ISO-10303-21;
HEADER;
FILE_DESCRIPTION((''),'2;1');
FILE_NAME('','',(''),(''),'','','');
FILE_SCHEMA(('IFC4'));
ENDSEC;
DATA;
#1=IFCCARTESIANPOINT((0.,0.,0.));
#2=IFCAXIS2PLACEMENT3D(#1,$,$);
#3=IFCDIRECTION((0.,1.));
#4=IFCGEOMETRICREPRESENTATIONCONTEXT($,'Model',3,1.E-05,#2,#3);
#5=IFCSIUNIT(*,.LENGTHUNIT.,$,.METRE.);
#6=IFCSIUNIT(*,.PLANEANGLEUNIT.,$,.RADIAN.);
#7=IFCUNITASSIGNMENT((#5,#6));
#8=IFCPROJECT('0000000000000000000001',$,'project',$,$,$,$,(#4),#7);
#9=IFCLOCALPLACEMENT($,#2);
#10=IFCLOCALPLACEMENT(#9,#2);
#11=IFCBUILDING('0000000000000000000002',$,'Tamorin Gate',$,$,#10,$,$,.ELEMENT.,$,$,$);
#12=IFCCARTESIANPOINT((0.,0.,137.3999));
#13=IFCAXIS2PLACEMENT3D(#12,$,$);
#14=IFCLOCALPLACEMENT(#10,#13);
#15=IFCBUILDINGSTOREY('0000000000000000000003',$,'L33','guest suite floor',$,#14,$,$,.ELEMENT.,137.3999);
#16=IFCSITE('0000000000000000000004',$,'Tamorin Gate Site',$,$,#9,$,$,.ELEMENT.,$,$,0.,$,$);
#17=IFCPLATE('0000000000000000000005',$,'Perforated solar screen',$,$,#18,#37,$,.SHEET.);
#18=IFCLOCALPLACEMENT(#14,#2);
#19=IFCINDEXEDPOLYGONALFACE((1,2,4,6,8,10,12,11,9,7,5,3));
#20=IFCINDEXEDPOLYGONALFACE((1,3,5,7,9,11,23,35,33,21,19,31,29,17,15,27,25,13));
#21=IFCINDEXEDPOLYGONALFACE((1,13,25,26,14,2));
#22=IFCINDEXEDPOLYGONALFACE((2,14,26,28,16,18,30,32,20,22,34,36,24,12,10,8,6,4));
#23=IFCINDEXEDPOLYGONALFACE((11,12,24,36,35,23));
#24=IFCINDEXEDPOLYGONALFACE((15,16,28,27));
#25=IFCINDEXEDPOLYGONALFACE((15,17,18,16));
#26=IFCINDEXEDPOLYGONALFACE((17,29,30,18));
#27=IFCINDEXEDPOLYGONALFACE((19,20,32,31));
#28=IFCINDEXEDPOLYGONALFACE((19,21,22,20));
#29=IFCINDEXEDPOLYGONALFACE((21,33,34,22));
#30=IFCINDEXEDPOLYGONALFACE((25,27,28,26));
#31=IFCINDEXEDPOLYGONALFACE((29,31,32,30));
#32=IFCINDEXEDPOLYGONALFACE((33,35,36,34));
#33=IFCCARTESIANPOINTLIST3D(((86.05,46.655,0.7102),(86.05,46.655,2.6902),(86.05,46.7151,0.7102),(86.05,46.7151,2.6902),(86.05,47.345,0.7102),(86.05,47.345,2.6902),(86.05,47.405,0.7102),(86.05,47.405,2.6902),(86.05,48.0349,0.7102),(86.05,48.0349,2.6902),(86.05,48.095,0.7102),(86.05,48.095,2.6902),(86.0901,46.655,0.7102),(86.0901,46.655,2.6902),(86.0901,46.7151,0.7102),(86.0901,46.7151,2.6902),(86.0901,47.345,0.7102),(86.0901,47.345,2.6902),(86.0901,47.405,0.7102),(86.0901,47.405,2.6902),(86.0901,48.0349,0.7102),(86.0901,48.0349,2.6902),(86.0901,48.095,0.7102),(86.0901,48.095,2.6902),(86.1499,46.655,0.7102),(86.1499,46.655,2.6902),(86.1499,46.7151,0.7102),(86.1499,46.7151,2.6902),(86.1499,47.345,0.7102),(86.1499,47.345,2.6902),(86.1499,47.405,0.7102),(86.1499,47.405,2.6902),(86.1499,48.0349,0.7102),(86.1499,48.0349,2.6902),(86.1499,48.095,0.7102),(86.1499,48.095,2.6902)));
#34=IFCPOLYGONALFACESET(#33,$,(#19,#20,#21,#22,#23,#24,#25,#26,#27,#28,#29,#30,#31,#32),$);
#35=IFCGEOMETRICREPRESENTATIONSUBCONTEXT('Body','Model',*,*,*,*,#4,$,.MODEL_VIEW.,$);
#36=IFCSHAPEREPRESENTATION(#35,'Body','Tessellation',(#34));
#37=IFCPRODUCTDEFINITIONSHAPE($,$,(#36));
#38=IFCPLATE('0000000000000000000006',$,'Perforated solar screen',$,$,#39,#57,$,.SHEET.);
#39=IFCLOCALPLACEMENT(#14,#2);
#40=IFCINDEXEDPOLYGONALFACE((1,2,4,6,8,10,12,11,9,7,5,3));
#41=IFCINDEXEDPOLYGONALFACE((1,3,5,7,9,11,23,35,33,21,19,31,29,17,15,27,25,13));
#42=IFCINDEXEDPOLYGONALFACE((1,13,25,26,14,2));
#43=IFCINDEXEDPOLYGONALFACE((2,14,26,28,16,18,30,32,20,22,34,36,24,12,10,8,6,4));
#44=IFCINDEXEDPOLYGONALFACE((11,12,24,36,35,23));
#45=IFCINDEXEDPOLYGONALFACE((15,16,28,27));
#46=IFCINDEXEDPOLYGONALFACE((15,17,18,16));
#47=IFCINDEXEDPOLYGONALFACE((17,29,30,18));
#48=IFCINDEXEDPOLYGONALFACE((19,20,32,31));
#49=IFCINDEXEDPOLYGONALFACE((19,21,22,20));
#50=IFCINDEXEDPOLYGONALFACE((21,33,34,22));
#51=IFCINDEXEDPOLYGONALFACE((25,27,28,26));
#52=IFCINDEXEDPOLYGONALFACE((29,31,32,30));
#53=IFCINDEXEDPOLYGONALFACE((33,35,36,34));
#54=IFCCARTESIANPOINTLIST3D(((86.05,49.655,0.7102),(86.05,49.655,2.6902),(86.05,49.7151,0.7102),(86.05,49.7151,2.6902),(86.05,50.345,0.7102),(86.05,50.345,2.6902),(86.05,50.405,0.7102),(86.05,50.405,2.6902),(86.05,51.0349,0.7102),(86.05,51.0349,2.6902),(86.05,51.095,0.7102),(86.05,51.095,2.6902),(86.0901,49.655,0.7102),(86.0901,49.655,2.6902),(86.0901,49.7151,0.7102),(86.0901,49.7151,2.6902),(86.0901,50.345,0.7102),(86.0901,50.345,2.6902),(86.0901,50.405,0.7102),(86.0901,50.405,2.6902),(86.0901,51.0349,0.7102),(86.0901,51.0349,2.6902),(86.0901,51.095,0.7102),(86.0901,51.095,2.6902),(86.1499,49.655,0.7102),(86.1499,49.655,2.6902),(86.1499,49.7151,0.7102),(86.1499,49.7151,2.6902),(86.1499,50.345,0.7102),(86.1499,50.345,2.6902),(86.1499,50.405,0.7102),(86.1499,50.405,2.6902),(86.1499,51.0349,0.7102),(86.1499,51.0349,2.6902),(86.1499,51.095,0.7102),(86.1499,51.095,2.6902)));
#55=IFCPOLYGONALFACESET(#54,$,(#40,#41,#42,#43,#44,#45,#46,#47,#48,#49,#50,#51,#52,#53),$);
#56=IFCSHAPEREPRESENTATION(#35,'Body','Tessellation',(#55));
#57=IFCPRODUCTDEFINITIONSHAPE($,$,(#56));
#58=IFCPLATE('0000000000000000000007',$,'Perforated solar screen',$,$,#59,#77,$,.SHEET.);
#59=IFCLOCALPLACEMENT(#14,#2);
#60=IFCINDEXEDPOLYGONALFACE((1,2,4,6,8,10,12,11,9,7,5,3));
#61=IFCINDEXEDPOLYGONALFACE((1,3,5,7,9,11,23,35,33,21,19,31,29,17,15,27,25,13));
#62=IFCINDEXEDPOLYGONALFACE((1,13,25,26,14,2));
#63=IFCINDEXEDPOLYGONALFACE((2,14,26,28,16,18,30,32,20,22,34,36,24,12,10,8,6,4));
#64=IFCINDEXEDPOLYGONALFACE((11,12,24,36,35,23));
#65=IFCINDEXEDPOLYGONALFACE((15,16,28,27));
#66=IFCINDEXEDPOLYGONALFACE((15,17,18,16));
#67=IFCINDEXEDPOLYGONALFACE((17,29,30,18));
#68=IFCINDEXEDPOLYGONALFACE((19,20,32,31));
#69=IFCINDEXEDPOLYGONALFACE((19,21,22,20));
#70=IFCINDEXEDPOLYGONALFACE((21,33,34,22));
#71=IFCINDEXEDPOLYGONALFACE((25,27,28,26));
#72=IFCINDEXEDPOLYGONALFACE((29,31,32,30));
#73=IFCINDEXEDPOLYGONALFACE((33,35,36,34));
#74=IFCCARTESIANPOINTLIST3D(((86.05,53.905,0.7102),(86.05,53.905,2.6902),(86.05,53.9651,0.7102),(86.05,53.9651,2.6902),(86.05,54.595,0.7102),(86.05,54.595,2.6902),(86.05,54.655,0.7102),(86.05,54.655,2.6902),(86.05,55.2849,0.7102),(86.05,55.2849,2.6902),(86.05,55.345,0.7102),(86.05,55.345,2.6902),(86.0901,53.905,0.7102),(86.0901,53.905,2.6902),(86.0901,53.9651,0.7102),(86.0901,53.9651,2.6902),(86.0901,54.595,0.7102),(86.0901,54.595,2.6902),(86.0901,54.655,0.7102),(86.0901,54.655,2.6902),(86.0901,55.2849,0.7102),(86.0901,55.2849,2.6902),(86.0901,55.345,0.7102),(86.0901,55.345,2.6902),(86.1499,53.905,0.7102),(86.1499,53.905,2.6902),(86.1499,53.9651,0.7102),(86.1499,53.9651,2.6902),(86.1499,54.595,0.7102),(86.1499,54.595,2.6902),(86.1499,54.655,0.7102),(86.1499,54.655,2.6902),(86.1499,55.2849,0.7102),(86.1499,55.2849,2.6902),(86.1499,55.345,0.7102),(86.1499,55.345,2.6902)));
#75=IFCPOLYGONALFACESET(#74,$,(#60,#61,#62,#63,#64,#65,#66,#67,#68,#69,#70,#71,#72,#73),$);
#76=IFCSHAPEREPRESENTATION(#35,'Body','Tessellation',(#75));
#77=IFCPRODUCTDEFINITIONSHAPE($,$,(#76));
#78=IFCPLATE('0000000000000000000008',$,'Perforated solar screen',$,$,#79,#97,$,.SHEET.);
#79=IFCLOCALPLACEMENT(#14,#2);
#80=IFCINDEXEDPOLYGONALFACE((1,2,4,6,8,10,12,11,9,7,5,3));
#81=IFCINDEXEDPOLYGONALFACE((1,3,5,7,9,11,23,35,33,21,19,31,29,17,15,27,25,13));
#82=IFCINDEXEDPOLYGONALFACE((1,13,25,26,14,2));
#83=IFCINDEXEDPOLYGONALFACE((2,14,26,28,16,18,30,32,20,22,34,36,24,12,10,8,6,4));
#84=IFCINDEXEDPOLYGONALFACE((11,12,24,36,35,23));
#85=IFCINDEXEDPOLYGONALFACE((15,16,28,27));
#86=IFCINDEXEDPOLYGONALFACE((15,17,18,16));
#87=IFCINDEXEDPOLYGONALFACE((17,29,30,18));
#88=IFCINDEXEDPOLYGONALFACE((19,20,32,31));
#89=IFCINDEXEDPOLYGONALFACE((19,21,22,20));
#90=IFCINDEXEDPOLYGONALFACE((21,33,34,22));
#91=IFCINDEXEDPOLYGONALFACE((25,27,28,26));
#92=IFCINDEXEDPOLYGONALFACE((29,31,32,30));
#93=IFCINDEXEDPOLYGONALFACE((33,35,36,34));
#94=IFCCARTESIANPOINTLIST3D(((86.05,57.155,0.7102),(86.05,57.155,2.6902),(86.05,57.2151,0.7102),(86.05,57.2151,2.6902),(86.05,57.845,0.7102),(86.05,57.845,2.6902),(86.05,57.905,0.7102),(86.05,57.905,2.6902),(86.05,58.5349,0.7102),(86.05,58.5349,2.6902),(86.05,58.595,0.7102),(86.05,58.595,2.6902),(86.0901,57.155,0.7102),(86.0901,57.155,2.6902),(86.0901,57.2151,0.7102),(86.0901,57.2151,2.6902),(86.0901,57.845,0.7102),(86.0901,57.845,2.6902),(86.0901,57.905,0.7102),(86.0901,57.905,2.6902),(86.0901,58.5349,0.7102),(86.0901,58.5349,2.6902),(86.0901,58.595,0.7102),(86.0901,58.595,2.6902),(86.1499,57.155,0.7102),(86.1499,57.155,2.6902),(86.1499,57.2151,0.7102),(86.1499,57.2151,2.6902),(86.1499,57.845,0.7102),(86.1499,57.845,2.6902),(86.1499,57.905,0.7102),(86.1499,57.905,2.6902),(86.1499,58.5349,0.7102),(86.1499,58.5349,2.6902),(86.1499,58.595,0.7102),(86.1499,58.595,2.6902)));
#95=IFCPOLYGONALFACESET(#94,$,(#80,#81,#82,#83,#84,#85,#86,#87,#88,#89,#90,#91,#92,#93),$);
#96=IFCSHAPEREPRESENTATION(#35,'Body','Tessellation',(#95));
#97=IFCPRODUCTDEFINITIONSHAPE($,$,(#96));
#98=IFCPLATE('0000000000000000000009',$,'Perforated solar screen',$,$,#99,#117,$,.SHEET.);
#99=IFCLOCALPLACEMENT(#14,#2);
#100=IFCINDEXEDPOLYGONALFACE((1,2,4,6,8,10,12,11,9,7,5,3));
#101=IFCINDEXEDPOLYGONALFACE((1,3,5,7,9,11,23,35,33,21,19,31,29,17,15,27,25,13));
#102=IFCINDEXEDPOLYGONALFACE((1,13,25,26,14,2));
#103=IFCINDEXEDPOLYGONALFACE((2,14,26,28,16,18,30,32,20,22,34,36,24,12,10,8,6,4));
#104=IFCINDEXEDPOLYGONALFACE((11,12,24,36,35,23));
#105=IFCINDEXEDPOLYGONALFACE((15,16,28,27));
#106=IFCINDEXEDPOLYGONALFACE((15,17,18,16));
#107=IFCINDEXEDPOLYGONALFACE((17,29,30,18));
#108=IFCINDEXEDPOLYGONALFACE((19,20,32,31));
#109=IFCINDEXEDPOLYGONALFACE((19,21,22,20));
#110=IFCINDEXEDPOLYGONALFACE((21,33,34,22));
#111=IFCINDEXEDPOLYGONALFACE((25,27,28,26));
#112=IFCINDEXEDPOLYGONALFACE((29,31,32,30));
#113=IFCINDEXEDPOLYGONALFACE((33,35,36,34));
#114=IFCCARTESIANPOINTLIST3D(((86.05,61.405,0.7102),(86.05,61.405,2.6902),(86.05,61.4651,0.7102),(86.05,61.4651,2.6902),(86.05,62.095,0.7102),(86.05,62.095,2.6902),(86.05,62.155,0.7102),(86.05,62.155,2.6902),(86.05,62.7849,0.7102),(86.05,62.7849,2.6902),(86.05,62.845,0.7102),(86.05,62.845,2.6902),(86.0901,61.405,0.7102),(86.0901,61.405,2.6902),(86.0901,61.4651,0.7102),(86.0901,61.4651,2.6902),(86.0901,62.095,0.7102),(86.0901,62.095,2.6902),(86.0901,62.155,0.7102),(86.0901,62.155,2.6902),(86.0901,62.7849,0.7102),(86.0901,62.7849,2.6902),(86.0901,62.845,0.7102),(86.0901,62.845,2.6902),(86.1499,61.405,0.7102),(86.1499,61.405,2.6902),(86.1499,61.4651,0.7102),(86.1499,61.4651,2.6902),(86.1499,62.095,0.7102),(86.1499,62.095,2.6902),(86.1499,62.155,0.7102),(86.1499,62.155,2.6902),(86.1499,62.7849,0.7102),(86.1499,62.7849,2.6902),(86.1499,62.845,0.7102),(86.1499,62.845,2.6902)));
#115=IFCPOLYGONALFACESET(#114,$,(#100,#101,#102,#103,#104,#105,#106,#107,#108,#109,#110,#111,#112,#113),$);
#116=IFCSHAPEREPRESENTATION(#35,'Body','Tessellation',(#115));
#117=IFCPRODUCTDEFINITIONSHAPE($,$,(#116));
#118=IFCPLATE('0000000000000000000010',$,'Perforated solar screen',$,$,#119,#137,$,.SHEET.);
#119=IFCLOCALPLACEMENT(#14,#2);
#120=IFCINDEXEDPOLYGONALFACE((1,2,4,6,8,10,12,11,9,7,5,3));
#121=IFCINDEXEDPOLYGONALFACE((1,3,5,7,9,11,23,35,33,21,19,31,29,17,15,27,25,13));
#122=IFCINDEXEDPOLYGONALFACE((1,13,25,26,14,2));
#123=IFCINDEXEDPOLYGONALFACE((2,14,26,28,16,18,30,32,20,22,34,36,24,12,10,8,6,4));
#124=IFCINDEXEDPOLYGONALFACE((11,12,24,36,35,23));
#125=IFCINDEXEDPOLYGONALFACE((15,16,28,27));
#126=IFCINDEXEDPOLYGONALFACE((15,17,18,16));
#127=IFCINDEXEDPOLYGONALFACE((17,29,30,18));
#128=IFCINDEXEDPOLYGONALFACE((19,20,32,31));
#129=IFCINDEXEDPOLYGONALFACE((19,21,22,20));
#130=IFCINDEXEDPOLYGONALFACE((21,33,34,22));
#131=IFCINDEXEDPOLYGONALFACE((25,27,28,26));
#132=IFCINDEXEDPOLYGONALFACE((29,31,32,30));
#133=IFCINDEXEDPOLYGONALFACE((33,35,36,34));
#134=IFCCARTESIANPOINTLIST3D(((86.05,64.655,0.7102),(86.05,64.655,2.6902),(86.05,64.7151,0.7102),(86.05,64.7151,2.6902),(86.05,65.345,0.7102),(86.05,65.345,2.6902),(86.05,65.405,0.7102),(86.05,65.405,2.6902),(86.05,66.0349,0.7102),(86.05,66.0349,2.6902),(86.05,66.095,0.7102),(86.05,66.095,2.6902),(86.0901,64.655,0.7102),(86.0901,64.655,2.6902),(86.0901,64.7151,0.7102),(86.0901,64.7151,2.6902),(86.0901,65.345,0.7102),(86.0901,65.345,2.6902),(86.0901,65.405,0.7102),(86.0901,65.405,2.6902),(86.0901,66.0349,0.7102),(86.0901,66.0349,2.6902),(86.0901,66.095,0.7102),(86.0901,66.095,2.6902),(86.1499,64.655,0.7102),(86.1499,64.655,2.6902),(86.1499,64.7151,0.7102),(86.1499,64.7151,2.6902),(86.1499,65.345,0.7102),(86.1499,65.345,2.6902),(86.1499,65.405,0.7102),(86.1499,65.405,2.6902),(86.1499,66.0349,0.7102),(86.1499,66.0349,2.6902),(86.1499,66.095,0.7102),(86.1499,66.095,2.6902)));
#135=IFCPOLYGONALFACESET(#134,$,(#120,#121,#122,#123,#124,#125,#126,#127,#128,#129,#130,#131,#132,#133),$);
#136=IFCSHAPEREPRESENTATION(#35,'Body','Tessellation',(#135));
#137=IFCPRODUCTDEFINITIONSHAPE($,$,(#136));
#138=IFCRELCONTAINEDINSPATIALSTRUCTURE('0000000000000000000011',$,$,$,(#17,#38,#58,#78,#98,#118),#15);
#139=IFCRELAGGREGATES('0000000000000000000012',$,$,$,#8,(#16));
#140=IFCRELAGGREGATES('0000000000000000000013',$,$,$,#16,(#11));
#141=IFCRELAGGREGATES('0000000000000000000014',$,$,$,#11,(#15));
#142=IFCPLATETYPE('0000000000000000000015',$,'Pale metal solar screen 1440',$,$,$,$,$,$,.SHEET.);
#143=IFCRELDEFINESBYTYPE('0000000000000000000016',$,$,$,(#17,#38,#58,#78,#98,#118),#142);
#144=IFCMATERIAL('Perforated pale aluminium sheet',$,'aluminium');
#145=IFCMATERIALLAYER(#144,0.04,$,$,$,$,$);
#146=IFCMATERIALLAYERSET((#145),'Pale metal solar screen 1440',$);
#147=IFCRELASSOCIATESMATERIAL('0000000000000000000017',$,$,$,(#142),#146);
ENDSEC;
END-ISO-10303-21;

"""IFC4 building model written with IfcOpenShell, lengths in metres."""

from ifc_helpers import new_model, si_unit, direction, frame, origin, place, context, subcontext, project, spatial, polyline, outline, extrude, material, layer, layer_set, type_object, element, save


model = new_model("IFC4")

# Units and contexts
model_context = context("Model", 3, precision=1e-05, world=origin(), true_north=direction((0.0, 1.0)))
body_context = subcontext(model_context, "Body", "Model", "MODEL_VIEW")
ifc_project = project(units=[si_unit("LENGTHUNIT", "METRE"), si_unit("PLANEANGLEUNIT", "RADIAN")], contexts=[model_context])

# Site, building, storey
site_placement = place(None, origin())
site = spatial("IfcSite", under=ifc_project, at=site_placement, Name="Tamorin Gate Site", CompositionType="ELEMENT", RefElevation=0.0)
building_placement = place(site_placement, origin())
building = spatial("IfcBuilding", under=site, at=building_placement, Name="Tamorin Gate", CompositionType="ELEMENT")
storey_placement = place(building_placement, frame((0.0, 0.0, 137.3999)))
storey = spatial("IfcBuildingStorey", under=building, at=storey_placement, Name="L33", Description="guest suite floor", CompositionType="ELEMENT", Elevation=137.3999)

# Plates
ifc_material_1 = material(Name="Perforated pale aluminium sheet", Category="aluminium")
ifc_layer_1 = layer(ifc_material_1, 0.04)
ifc_layer_set_1 = layer_set([ifc_layer_1], Name="Pale metal solar screen 1440")
plate_type_1 = type_object("IfcPlateType", Name="Pale metal solar screen 1440", PredefinedType="SHEET", material=ifc_layer_set_1)
plate_1_placement = place(storey_placement, frame((0.0, 0.0, 0.7102)))
element("IfcPlate", 1, at=plate_1_placement, inside=storey, type_object=plate_type_1, Name="Perforated solar screen", PredefinedType="SHEET", context=body_context, shape_type="SweptSolid", body=[
    extrude(outline(polyline([(86.0901, 46.655), (86.05, 46.655), (86.05, 46.7151), (86.05, 47.345), (86.05, 47.405), (86.05, 48.0349), (86.05, 48.095), (86.05, 48.095), (86.0901, 48.095), (86.0901, 48.095), (86.1499, 48.095), (86.1499, 48.0349), (86.0901, 48.0349), (86.0901, 47.405), (86.1499, 47.405), (86.1499, 47.345), (86.0901, 47.345), (86.0901, 46.7151), (86.1499, 46.7151), (86.1499, 46.655), (86.0901, 46.655)])), origin(), (0.0, 0.0, 1.0), 1.98),
])
plate_2_placement = place(storey_placement, frame((0.0, 0.0, 0.7102)))
element("IfcPlate", 2, at=plate_2_placement, inside=storey, type_object=plate_type_1, Name="Perforated solar screen", PredefinedType="SHEET", context=body_context, shape_type="SweptSolid", body=[
    extrude(outline(polyline([(86.0901, 49.655), (86.05, 49.655), (86.05, 49.7151), (86.05, 50.345), (86.05, 50.405), (86.05, 51.0349), (86.05, 51.095), (86.0901, 51.095), (86.1499, 51.095), (86.1499, 51.0349), (86.0901, 51.0349), (86.0901, 50.405), (86.1499, 50.405), (86.1499, 50.345), (86.0901, 50.345), (86.0901, 49.7151), (86.1499, 49.7151), (86.1499, 49.655), (86.0901, 49.655)])), origin(), (0.0, 0.0, 1.0), 1.98),
])
plate_3_placement = place(storey_placement, frame((0.0, 0.0, 0.7102)))
element("IfcPlate", 3, at=plate_3_placement, inside=storey, type_object=plate_type_1, Name="Perforated solar screen", PredefinedType="SHEET", context=body_context, shape_type="SweptSolid", body=[
    extrude(outline(polyline([(86.0901, 53.905), (86.05, 53.905), (86.05, 53.9651), (86.05, 54.595), (86.05, 54.655), (86.05, 55.2849), (86.05, 55.345), (86.0901, 55.345), (86.1499, 55.345), (86.1499, 55.2849), (86.0901, 55.2849), (86.0901, 54.655), (86.1499, 54.655), (86.1499, 54.595), (86.0901, 54.595), (86.0901, 53.9651), (86.1499, 53.9651), (86.1499, 53.905), (86.0901, 53.905)])), origin(), (0.0, 0.0, 1.0), 1.98),
])
plate_4_placement = place(storey_placement, frame((0.0, 0.0, 0.7102)))
element("IfcPlate", 4, at=plate_4_placement, inside=storey, type_object=plate_type_1, Name="Perforated solar screen", PredefinedType="SHEET", context=body_context, shape_type="SweptSolid", body=[
    extrude(outline(polyline([(86.0901, 57.155), (86.05, 57.155), (86.05, 57.2151), (86.05, 57.845), (86.05, 57.905), (86.05, 58.5349), (86.05, 58.595), (86.0901, 58.595), (86.1499, 58.595), (86.1499, 58.5349), (86.0901, 58.5349), (86.0901, 57.905), (86.1499, 57.905), (86.1499, 57.845), (86.0901, 57.845), (86.0901, 57.2151), (86.1499, 57.2151), (86.1499, 57.155), (86.0901, 57.155)])), origin(), (0.0, 0.0, 1.0), 1.98),
])
plate_5_placement = place(storey_placement, frame((0.0, 0.0, 0.7102)))
element("IfcPlate", 5, at=plate_5_placement, inside=storey, type_object=plate_type_1, Name="Perforated solar screen", PredefinedType="SHEET", context=body_context, shape_type="SweptSolid", body=[
    extrude(outline(polyline([(86.0901, 61.405), (86.05, 61.405), (86.05, 61.4651), (86.05, 62.095), (86.05, 62.155), (86.05, 62.7849), (86.05, 62.845), (86.0901, 62.845), (86.1499, 62.845), (86.1499, 62.7849), (86.0901, 62.7849), (86.0901, 62.155), (86.1499, 62.155), (86.1499, 62.095), (86.0901, 62.095), (86.0901, 61.4651), (86.1499, 61.4651), (86.1499, 61.405), (86.0901, 61.405)])), origin(), (0.0, 0.0, 1.0), 1.98),
])
plate_6_placement = place(storey_placement, frame((0.0, 0.0, 0.7102)))
element("IfcPlate", 6, at=plate_6_placement, inside=storey, type_object=plate_type_1, Name="Perforated solar screen", PredefinedType="SHEET", context=body_context, shape_type="SweptSolid", body=[
    extrude(outline(polyline([(86.0901, 64.655), (86.05, 64.655), (86.05, 64.7151), (86.05, 65.345), (86.05, 65.405), (86.05, 66.0349), (86.05, 66.095), (86.0901, 66.095), (86.1499, 66.095), (86.1499, 66.0349), (86.0901, 66.0349), (86.0901, 65.405), (86.1499, 65.405), (86.1499, 65.345), (86.0901, 65.345), (86.0901, 64.7151), (86.1499, 64.7151), (86.1499, 64.655), (86.0901, 64.655)])), origin(), (0.0, 0.0, 1.0), 1.98),
])

save(model, "model.ifc")
